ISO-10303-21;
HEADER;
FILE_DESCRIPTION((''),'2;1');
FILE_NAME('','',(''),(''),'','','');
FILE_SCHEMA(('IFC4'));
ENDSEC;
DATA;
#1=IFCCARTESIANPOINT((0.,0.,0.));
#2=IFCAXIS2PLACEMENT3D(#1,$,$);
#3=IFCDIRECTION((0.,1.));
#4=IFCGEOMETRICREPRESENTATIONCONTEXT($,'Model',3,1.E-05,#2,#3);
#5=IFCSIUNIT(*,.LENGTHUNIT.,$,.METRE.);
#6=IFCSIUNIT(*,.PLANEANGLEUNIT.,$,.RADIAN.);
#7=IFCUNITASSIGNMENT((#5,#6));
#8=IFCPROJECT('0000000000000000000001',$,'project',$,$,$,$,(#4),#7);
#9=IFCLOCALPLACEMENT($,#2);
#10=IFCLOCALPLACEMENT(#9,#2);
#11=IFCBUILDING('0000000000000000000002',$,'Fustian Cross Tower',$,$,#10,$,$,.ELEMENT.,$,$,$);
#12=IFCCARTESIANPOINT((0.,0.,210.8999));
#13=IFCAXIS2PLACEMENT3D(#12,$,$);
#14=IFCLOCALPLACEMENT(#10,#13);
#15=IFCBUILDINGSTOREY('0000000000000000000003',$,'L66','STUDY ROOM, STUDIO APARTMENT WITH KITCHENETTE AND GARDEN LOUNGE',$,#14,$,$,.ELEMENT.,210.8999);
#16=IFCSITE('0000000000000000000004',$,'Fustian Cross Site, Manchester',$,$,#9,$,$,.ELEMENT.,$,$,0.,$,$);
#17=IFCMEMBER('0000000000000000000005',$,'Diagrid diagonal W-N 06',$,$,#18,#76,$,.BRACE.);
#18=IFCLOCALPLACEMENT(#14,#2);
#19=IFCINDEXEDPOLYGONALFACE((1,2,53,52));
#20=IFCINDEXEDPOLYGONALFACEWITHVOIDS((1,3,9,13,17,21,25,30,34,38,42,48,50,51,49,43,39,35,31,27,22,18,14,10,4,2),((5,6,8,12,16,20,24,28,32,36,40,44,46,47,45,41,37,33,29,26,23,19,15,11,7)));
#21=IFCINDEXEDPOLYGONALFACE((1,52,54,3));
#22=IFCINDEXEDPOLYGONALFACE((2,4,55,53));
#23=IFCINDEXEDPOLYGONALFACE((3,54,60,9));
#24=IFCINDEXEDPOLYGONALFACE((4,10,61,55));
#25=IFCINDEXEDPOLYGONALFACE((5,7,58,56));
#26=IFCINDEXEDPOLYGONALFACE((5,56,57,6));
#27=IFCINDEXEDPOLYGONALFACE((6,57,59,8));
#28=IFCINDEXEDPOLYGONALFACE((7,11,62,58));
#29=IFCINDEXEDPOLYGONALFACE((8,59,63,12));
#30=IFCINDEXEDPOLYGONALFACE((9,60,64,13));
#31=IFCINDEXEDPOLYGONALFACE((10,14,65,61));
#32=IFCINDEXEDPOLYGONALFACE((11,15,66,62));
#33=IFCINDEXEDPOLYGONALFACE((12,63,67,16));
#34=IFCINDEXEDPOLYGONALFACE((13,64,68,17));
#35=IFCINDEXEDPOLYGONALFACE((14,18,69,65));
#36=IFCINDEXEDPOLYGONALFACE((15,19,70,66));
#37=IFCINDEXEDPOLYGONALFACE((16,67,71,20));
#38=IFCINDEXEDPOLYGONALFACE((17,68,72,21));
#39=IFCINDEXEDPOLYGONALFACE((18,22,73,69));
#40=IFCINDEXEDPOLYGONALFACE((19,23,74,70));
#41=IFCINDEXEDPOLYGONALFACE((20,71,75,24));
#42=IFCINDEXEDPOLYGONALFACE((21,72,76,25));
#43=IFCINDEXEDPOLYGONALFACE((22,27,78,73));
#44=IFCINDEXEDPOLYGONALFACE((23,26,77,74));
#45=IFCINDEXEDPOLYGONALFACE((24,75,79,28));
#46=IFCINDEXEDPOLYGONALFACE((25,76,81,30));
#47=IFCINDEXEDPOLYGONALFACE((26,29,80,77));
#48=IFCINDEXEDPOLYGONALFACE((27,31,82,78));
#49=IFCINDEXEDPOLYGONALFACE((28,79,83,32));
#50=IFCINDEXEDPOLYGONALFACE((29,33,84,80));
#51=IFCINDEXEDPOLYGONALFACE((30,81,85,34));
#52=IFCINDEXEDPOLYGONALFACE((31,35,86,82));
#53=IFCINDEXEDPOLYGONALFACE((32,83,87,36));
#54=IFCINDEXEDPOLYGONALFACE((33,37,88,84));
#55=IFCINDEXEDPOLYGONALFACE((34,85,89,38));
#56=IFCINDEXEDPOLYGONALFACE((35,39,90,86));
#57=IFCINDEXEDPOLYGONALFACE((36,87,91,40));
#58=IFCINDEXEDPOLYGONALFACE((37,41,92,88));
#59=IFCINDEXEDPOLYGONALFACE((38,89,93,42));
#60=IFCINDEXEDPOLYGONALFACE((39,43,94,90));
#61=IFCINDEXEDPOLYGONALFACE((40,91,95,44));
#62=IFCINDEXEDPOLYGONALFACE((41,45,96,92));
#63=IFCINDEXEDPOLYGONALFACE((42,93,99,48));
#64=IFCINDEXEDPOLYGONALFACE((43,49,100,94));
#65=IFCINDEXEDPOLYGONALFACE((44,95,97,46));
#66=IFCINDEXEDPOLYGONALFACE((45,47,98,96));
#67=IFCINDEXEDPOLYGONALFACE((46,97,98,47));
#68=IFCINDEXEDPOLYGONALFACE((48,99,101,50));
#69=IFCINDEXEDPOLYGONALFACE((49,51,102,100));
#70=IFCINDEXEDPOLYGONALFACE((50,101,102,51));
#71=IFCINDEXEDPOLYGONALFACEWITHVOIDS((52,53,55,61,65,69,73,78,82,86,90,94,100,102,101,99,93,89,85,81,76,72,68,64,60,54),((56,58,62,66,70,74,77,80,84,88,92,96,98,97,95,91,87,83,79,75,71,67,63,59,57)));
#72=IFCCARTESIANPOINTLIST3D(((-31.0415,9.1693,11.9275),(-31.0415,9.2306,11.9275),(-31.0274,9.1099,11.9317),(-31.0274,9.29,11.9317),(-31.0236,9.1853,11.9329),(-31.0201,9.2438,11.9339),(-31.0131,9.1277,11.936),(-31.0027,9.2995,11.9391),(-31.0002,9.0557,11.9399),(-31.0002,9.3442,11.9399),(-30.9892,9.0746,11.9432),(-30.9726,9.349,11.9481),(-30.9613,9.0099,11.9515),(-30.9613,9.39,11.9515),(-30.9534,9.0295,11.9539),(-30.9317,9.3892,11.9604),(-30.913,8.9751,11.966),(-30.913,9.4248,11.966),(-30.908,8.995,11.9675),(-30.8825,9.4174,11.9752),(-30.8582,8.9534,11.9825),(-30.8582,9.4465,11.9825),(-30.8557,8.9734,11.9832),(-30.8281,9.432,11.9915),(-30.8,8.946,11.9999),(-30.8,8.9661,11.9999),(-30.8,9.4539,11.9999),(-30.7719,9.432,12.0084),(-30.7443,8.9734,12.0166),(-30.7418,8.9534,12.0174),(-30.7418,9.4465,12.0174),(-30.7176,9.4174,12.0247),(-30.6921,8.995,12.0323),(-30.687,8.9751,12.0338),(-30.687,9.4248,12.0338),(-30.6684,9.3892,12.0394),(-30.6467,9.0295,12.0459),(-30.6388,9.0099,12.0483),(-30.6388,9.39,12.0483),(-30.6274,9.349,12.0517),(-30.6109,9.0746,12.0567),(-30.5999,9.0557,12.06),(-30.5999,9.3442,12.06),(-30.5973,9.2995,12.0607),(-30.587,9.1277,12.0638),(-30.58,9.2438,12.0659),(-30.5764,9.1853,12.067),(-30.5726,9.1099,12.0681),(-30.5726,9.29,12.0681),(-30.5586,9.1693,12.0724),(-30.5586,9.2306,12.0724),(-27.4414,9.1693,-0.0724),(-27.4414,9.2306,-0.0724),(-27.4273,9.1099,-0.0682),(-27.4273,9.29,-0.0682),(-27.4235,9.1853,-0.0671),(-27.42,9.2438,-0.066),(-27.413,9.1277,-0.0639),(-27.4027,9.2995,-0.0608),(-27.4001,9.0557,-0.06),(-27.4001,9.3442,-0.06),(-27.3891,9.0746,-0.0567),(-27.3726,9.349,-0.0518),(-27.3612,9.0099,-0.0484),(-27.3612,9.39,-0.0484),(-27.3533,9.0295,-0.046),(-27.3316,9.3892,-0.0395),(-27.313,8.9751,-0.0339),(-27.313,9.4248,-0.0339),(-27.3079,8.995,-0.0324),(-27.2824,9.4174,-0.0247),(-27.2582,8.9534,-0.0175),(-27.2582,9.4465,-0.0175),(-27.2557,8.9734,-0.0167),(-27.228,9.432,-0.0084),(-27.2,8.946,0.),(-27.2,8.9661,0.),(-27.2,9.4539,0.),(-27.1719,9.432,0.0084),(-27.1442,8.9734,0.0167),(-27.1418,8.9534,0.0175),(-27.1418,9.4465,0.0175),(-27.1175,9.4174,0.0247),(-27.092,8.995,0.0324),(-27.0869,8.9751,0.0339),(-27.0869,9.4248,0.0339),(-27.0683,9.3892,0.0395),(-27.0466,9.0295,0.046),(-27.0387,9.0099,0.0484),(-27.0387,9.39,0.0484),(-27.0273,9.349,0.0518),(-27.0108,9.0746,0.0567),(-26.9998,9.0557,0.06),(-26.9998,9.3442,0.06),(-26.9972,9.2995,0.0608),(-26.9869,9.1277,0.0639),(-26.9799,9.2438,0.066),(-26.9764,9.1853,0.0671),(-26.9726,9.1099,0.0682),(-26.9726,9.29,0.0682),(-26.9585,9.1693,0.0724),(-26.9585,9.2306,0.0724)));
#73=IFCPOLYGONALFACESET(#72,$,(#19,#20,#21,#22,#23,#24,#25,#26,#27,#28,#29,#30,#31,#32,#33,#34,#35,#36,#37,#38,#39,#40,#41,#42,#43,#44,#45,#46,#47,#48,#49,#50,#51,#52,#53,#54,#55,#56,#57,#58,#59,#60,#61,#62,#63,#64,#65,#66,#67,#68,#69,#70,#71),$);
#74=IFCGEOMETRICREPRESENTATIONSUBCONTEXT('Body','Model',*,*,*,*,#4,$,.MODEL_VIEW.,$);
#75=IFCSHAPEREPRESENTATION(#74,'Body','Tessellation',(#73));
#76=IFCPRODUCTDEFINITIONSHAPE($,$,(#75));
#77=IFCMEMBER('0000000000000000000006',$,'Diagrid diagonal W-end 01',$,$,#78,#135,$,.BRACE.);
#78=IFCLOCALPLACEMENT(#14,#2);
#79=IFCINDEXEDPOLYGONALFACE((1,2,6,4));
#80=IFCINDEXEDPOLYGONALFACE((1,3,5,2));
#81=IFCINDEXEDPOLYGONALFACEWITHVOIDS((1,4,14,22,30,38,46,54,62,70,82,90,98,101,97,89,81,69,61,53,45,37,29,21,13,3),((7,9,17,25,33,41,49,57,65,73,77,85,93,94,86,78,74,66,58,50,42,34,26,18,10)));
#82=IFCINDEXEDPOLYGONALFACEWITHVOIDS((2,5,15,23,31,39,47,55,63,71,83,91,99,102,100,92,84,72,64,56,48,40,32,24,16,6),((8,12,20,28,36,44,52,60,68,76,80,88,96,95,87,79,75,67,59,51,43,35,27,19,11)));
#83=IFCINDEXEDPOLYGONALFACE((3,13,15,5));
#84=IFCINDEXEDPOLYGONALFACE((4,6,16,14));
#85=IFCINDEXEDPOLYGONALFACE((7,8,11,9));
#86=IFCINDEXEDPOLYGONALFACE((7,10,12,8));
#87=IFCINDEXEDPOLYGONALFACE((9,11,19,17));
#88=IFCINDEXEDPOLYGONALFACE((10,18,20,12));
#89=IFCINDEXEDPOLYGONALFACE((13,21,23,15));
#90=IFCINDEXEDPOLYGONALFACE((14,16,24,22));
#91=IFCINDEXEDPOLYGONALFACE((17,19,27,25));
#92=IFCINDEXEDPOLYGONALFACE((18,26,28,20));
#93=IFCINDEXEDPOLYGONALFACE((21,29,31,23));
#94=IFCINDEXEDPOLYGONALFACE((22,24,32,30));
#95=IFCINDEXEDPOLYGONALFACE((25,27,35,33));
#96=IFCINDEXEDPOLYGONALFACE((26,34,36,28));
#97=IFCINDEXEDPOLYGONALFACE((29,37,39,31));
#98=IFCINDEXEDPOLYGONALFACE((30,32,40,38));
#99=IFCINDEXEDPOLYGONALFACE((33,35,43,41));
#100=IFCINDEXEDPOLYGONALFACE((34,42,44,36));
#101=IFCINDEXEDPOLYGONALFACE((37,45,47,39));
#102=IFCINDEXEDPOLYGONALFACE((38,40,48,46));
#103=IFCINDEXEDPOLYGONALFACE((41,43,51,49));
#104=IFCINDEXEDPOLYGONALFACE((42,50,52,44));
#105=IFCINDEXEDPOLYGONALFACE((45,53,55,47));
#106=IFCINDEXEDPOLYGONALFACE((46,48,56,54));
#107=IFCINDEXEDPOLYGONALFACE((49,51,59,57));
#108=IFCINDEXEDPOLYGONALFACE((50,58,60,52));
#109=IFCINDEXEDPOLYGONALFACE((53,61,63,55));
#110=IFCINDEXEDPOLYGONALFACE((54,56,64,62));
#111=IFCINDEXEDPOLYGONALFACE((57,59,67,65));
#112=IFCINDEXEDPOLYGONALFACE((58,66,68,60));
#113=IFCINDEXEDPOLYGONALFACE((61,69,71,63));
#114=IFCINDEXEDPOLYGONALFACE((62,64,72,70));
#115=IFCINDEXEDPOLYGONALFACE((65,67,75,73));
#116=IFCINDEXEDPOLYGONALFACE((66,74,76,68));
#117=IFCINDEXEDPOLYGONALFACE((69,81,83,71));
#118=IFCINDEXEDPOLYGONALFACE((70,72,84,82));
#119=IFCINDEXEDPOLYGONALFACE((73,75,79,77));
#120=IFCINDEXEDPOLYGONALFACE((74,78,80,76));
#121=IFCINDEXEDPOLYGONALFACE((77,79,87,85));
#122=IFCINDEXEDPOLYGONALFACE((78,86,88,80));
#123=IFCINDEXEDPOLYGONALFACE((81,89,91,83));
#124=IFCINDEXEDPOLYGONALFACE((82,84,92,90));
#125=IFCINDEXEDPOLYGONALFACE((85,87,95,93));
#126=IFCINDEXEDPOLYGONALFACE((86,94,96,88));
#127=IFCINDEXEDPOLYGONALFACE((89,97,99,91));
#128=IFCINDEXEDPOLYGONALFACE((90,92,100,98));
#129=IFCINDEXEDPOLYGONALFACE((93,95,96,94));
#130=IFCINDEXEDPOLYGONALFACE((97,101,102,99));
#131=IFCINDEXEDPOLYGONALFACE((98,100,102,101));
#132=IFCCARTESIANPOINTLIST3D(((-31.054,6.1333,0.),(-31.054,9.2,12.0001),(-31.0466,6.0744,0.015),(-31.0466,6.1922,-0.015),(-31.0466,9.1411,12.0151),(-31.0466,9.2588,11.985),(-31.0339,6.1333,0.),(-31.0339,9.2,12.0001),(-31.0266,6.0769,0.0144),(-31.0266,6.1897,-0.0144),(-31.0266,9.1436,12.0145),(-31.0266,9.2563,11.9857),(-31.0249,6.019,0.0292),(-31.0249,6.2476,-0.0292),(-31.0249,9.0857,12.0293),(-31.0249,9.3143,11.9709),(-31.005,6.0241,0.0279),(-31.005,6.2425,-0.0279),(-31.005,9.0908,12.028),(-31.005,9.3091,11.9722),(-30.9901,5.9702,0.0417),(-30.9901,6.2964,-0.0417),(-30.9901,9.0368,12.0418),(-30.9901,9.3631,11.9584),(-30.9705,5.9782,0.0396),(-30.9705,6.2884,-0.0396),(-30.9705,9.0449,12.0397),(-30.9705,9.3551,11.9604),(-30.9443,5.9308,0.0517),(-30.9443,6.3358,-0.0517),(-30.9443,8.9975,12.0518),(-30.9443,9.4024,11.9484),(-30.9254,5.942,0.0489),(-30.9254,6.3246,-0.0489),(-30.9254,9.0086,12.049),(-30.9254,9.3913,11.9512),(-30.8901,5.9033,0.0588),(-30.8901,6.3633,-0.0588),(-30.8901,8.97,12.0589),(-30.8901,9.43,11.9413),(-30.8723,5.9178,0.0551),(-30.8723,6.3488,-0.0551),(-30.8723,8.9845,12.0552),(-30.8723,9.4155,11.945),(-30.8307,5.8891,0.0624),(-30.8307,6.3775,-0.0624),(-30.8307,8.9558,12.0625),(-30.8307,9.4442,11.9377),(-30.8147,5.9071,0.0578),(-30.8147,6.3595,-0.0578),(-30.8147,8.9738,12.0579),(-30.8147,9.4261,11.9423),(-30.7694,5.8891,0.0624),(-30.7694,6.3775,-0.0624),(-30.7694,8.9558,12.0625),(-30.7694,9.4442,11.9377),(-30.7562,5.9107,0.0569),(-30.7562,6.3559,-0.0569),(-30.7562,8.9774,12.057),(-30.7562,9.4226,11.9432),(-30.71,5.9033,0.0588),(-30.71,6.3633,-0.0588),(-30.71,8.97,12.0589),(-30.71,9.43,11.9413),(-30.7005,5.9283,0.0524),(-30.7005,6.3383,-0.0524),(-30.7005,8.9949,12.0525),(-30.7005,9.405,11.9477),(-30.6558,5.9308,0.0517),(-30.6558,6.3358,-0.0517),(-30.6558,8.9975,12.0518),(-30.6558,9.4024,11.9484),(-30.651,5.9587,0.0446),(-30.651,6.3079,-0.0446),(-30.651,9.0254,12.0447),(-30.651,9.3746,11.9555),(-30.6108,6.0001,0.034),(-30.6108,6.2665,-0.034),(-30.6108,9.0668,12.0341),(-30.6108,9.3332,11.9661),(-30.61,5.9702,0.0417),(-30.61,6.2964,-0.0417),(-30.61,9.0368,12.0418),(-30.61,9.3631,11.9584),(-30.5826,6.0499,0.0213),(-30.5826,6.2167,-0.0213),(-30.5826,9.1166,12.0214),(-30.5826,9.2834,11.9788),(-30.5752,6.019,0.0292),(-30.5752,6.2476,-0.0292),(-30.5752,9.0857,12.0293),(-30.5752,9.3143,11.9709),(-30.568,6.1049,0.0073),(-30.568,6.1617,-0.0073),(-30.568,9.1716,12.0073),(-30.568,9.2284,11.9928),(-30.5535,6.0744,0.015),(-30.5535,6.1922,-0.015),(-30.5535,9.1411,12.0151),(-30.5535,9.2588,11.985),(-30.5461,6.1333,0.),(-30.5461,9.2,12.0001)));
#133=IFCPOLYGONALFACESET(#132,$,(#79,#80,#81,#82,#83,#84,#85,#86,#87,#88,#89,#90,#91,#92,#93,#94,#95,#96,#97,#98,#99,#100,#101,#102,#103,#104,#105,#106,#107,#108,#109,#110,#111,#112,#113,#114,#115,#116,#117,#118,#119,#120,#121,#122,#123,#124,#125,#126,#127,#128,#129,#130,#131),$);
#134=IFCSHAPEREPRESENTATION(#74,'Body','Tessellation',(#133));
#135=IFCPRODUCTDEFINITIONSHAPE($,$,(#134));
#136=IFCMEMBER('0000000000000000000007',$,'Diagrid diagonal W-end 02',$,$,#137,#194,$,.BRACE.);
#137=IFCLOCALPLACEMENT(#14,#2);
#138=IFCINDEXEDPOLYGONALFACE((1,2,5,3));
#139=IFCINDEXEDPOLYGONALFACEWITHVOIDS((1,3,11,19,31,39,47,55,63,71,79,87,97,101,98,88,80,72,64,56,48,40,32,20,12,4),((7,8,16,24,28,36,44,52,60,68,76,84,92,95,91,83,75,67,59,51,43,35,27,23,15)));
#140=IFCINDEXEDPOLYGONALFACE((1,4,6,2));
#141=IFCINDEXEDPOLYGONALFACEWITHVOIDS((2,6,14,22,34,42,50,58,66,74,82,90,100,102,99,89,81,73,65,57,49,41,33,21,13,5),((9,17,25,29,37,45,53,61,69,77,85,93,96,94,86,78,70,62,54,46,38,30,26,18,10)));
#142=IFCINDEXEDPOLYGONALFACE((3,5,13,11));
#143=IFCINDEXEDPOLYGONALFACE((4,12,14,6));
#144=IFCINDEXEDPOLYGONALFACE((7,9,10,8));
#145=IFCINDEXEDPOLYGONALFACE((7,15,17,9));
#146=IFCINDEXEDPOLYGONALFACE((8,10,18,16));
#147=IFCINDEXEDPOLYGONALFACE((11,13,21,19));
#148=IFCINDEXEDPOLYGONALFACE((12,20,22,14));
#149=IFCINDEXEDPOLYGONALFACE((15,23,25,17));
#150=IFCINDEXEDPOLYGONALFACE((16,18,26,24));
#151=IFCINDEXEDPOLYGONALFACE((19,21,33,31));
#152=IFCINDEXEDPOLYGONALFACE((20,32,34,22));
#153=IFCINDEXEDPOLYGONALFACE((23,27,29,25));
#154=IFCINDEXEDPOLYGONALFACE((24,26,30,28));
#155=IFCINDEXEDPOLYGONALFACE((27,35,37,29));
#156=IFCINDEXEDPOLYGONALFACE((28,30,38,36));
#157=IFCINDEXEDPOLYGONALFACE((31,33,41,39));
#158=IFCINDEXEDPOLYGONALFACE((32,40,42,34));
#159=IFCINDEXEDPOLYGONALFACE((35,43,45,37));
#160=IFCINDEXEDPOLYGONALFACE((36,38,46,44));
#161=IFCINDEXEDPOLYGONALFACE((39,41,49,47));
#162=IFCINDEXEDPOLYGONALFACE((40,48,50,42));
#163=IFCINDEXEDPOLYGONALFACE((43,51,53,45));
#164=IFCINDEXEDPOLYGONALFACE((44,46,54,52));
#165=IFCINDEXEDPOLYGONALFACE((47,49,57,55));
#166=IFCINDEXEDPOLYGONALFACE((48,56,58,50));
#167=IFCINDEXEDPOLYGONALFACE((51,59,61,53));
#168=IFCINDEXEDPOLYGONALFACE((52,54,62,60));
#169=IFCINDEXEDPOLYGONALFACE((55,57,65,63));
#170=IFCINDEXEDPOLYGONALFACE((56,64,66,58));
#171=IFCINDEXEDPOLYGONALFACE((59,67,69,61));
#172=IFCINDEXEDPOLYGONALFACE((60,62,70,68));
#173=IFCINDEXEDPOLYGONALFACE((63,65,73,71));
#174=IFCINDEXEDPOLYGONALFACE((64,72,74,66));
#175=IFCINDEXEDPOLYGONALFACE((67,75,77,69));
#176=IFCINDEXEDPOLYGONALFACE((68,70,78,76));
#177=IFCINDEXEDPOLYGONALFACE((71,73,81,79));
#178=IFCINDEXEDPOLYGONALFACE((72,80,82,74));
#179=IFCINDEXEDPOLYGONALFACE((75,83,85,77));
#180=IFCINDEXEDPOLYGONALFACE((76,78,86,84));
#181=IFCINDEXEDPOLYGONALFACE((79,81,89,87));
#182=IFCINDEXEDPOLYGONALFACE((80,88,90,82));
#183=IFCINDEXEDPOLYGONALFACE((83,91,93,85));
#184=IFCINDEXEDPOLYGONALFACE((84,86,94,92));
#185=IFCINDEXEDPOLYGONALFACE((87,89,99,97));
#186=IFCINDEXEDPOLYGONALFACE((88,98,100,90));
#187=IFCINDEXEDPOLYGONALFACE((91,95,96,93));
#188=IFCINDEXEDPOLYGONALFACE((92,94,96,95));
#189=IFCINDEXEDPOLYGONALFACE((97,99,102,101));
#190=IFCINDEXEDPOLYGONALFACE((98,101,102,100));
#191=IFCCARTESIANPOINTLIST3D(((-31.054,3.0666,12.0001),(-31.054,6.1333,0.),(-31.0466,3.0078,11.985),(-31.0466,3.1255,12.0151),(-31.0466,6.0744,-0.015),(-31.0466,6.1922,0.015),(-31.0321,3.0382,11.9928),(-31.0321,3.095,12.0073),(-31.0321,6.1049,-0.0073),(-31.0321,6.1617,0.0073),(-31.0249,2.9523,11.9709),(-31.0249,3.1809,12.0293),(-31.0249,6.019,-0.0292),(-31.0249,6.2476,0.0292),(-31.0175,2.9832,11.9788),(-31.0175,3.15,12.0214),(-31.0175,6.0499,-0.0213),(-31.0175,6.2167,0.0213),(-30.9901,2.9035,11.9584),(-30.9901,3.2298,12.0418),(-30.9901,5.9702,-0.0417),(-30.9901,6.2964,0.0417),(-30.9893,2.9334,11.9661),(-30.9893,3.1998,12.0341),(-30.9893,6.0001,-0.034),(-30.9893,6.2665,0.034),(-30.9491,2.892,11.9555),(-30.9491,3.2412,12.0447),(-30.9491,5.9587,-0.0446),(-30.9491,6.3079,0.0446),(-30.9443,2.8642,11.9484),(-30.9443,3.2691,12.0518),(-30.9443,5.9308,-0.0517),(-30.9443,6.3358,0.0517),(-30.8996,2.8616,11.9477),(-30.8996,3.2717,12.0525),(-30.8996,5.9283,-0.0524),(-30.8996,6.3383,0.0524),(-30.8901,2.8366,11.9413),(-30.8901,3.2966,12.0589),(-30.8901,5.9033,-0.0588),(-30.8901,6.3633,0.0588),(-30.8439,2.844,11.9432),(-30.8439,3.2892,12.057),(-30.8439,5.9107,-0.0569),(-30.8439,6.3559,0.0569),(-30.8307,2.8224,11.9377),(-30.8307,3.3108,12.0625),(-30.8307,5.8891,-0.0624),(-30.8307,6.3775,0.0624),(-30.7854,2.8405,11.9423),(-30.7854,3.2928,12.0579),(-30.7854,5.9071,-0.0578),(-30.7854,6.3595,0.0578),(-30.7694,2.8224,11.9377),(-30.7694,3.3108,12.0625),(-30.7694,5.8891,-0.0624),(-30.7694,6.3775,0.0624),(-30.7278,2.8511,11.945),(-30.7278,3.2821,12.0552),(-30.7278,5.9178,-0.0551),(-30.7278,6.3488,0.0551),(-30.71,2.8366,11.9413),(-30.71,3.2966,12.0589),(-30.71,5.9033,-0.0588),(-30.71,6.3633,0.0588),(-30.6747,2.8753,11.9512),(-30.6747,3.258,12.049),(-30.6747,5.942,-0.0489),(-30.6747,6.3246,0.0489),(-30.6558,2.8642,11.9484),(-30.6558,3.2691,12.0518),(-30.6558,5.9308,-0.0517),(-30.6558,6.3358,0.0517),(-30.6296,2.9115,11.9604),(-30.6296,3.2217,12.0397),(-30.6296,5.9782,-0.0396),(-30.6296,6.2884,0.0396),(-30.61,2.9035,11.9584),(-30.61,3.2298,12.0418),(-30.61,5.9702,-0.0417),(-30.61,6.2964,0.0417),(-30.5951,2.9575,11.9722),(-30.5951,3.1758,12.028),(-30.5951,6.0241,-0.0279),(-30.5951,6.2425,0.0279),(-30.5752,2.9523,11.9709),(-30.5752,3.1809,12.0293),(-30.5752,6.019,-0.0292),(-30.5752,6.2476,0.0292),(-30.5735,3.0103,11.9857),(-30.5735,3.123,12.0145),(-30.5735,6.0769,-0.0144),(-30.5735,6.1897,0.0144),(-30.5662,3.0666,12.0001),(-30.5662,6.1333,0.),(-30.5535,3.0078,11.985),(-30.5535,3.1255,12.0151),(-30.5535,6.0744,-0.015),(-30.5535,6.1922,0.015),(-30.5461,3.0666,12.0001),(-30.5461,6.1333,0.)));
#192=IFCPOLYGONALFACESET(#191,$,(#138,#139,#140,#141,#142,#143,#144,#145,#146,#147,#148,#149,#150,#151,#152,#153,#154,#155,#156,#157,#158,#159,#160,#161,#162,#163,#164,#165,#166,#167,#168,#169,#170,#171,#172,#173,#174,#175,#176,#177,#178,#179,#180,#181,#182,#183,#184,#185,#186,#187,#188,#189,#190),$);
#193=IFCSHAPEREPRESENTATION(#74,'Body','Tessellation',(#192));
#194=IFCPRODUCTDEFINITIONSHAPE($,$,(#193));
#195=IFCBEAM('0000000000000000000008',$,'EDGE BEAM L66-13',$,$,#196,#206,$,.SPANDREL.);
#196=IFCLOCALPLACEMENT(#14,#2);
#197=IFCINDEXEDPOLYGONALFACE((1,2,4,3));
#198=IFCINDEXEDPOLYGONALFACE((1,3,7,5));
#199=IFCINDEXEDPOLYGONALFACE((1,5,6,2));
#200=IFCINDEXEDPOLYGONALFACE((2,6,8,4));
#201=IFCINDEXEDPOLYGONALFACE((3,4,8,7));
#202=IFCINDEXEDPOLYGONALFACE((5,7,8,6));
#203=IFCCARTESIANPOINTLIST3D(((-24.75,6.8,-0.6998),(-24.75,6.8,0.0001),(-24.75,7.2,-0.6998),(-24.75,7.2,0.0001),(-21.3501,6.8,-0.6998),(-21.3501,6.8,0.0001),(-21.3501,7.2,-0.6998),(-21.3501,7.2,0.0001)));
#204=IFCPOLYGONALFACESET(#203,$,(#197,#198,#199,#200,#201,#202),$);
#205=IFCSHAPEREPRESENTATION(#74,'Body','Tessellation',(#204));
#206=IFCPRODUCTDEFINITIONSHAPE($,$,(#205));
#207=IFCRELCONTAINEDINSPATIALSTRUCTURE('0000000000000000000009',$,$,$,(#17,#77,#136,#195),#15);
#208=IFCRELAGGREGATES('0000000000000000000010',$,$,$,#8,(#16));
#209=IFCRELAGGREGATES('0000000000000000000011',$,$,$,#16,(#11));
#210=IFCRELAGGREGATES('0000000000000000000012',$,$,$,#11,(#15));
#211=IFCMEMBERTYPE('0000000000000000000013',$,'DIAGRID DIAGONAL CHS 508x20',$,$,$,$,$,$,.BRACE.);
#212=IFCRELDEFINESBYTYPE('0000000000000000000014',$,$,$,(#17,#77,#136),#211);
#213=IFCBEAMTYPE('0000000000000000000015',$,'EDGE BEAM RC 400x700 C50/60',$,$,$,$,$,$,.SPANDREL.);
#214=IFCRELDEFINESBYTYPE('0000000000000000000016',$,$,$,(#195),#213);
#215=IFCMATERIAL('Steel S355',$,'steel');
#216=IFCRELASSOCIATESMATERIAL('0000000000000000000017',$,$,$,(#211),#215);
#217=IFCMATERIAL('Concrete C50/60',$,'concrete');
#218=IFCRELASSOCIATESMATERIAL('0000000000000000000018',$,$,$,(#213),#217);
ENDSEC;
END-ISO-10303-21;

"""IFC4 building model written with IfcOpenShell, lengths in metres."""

from ifc_helpers import new_model, si_unit, direction, frame, origin, origin_2d, place, context, subcontext, project, spatial, rectangle, hollow_circle, extrude, material, material_profile, profile_set, type_object, element, save


model = new_model("IFC4")

# Units and contexts
model_context = context("Model", 3, precision=1e-05, world=origin(), true_north=direction((0.0, 1.0)))
body_context = subcontext(model_context, "Body", "Model", "MODEL_VIEW")
ifc_project = project(units=[si_unit("LENGTHUNIT", "METRE"), si_unit("PLANEANGLEUNIT", "RADIAN")], contexts=[model_context])

# Site, building, storey
site_placement = place(None, origin())
site = spatial("IfcSite", under=ifc_project, at=site_placement, Name="Fustian Cross Site, Manchester", CompositionType="ELEMENT", RefElevation=0.0)
building_placement = place(site_placement, origin())
building = spatial("IfcBuilding", under=site, at=building_placement, Name="Fustian Cross Tower", CompositionType="ELEMENT")
storey_placement = place(building_placement, frame((0.0, 0.0, 210.8999)))
storey = spatial("IfcBuildingStorey", under=building, at=storey_placement, Name="L66", Description="STUDY ROOM, STUDIO APARTMENT WITH KITCHENETTE AND GARDEN LOUNGE", CompositionType="ELEMENT", Elevation=210.8999)

# Members
ifc_material_1 = material(Name="Steel S355", Category="steel")
ifc_material_profile_1 = material_profile(ifc_material_1, hollow_circle(Radius=0.2539, WallThickness=0.02, at=origin_2d()), Name="CHS 508x20")
ifc_profile_set_1 = profile_set([ifc_material_profile_1], Name="Steel S355")
member_type_1 = type_object("IfcMemberType", Name="DIAGRID DIAGONAL CHS 508x20", PredefinedType="BRACE", material=ifc_profile_set_1)
member_placement = place(storey_placement, frame((-27.2, 9.2, 0.0), z_axis=(-0.287355, 0.0, 0.957824), x_axis=(0.0, -1.0, 0.0)))
element("IfcMember", 1, at=member_placement, inside=storey, type_object=member_type_1, Name="Diagrid diagonal W-N 06", PredefinedType="BRACE", context=body_context, shape_type="SweptSolid", body=[
    extrude(hollow_circle(Radius=0.2539, WallThickness=0.02, at=origin_2d()), origin(), (0.0, 0.0, 1.0), 12.5283),
])
for number, where, z_axis, x_axis, name in (
    (2, (-30.8, 6.1333, 0.0), (0.0, 0.247597, 0.968863), (-1.0, 0.0, 0.0), "Diagrid diagonal W-end 01"),
    (3, (-30.8, 6.1333, 0.0), (0.0, -0.247597, 0.968863), (1.0, 0.0, 0.0), "Diagrid diagonal W-end 02"),
):
    element("IfcMember", number, at=place(storey_placement, frame(where, z_axis=z_axis, x_axis=x_axis)), inside=storey, type_object=member_type_1, Name=name, PredefinedType="BRACE", context=body_context, shape_type="SweptSolid", body=[
        extrude(hollow_circle(Radius=0.2539, WallThickness=0.02, at=origin_2d()), origin(), (0.0, 0.0, 1.0), 12.3857),
    ])

# Beam
ifc_material_2 = material(Name="Concrete C50/60", Category="concrete")
ifc_material_profile_2 = material_profile(ifc_material_2, rectangle(XDim=0.3999, YDim=0.7, at=origin_2d()), Name="RC 400x700")
ifc_profile_set_2 = profile_set([ifc_material_profile_2], Name="Concrete C50/60")
beam_type = type_object("IfcBeamType", Name="EDGE BEAM RC 400x700 C50/60", PredefinedType="SPANDREL", material=ifc_profile_set_2)
beam_1_placement = place(storey_placement, frame((-21.3501, 7.0, -0.3499), z_axis=(-1.0, 0.0, 0.0), x_axis=(0.0, -1.0, 0.0)))
element("IfcBeam", 4, at=beam_1_placement, inside=storey, type_object=beam_type, Name="EDGE BEAM L66-13", PredefinedType="SPANDREL", context=body_context, shape_type="SweptSolid", body=[
    extrude(rectangle(XDim=0.3999, YDim=0.7, at=origin_2d()), origin(), (0.0, 0.0, 1.0), 3.3999),
])

save(model, "model.ifc")
